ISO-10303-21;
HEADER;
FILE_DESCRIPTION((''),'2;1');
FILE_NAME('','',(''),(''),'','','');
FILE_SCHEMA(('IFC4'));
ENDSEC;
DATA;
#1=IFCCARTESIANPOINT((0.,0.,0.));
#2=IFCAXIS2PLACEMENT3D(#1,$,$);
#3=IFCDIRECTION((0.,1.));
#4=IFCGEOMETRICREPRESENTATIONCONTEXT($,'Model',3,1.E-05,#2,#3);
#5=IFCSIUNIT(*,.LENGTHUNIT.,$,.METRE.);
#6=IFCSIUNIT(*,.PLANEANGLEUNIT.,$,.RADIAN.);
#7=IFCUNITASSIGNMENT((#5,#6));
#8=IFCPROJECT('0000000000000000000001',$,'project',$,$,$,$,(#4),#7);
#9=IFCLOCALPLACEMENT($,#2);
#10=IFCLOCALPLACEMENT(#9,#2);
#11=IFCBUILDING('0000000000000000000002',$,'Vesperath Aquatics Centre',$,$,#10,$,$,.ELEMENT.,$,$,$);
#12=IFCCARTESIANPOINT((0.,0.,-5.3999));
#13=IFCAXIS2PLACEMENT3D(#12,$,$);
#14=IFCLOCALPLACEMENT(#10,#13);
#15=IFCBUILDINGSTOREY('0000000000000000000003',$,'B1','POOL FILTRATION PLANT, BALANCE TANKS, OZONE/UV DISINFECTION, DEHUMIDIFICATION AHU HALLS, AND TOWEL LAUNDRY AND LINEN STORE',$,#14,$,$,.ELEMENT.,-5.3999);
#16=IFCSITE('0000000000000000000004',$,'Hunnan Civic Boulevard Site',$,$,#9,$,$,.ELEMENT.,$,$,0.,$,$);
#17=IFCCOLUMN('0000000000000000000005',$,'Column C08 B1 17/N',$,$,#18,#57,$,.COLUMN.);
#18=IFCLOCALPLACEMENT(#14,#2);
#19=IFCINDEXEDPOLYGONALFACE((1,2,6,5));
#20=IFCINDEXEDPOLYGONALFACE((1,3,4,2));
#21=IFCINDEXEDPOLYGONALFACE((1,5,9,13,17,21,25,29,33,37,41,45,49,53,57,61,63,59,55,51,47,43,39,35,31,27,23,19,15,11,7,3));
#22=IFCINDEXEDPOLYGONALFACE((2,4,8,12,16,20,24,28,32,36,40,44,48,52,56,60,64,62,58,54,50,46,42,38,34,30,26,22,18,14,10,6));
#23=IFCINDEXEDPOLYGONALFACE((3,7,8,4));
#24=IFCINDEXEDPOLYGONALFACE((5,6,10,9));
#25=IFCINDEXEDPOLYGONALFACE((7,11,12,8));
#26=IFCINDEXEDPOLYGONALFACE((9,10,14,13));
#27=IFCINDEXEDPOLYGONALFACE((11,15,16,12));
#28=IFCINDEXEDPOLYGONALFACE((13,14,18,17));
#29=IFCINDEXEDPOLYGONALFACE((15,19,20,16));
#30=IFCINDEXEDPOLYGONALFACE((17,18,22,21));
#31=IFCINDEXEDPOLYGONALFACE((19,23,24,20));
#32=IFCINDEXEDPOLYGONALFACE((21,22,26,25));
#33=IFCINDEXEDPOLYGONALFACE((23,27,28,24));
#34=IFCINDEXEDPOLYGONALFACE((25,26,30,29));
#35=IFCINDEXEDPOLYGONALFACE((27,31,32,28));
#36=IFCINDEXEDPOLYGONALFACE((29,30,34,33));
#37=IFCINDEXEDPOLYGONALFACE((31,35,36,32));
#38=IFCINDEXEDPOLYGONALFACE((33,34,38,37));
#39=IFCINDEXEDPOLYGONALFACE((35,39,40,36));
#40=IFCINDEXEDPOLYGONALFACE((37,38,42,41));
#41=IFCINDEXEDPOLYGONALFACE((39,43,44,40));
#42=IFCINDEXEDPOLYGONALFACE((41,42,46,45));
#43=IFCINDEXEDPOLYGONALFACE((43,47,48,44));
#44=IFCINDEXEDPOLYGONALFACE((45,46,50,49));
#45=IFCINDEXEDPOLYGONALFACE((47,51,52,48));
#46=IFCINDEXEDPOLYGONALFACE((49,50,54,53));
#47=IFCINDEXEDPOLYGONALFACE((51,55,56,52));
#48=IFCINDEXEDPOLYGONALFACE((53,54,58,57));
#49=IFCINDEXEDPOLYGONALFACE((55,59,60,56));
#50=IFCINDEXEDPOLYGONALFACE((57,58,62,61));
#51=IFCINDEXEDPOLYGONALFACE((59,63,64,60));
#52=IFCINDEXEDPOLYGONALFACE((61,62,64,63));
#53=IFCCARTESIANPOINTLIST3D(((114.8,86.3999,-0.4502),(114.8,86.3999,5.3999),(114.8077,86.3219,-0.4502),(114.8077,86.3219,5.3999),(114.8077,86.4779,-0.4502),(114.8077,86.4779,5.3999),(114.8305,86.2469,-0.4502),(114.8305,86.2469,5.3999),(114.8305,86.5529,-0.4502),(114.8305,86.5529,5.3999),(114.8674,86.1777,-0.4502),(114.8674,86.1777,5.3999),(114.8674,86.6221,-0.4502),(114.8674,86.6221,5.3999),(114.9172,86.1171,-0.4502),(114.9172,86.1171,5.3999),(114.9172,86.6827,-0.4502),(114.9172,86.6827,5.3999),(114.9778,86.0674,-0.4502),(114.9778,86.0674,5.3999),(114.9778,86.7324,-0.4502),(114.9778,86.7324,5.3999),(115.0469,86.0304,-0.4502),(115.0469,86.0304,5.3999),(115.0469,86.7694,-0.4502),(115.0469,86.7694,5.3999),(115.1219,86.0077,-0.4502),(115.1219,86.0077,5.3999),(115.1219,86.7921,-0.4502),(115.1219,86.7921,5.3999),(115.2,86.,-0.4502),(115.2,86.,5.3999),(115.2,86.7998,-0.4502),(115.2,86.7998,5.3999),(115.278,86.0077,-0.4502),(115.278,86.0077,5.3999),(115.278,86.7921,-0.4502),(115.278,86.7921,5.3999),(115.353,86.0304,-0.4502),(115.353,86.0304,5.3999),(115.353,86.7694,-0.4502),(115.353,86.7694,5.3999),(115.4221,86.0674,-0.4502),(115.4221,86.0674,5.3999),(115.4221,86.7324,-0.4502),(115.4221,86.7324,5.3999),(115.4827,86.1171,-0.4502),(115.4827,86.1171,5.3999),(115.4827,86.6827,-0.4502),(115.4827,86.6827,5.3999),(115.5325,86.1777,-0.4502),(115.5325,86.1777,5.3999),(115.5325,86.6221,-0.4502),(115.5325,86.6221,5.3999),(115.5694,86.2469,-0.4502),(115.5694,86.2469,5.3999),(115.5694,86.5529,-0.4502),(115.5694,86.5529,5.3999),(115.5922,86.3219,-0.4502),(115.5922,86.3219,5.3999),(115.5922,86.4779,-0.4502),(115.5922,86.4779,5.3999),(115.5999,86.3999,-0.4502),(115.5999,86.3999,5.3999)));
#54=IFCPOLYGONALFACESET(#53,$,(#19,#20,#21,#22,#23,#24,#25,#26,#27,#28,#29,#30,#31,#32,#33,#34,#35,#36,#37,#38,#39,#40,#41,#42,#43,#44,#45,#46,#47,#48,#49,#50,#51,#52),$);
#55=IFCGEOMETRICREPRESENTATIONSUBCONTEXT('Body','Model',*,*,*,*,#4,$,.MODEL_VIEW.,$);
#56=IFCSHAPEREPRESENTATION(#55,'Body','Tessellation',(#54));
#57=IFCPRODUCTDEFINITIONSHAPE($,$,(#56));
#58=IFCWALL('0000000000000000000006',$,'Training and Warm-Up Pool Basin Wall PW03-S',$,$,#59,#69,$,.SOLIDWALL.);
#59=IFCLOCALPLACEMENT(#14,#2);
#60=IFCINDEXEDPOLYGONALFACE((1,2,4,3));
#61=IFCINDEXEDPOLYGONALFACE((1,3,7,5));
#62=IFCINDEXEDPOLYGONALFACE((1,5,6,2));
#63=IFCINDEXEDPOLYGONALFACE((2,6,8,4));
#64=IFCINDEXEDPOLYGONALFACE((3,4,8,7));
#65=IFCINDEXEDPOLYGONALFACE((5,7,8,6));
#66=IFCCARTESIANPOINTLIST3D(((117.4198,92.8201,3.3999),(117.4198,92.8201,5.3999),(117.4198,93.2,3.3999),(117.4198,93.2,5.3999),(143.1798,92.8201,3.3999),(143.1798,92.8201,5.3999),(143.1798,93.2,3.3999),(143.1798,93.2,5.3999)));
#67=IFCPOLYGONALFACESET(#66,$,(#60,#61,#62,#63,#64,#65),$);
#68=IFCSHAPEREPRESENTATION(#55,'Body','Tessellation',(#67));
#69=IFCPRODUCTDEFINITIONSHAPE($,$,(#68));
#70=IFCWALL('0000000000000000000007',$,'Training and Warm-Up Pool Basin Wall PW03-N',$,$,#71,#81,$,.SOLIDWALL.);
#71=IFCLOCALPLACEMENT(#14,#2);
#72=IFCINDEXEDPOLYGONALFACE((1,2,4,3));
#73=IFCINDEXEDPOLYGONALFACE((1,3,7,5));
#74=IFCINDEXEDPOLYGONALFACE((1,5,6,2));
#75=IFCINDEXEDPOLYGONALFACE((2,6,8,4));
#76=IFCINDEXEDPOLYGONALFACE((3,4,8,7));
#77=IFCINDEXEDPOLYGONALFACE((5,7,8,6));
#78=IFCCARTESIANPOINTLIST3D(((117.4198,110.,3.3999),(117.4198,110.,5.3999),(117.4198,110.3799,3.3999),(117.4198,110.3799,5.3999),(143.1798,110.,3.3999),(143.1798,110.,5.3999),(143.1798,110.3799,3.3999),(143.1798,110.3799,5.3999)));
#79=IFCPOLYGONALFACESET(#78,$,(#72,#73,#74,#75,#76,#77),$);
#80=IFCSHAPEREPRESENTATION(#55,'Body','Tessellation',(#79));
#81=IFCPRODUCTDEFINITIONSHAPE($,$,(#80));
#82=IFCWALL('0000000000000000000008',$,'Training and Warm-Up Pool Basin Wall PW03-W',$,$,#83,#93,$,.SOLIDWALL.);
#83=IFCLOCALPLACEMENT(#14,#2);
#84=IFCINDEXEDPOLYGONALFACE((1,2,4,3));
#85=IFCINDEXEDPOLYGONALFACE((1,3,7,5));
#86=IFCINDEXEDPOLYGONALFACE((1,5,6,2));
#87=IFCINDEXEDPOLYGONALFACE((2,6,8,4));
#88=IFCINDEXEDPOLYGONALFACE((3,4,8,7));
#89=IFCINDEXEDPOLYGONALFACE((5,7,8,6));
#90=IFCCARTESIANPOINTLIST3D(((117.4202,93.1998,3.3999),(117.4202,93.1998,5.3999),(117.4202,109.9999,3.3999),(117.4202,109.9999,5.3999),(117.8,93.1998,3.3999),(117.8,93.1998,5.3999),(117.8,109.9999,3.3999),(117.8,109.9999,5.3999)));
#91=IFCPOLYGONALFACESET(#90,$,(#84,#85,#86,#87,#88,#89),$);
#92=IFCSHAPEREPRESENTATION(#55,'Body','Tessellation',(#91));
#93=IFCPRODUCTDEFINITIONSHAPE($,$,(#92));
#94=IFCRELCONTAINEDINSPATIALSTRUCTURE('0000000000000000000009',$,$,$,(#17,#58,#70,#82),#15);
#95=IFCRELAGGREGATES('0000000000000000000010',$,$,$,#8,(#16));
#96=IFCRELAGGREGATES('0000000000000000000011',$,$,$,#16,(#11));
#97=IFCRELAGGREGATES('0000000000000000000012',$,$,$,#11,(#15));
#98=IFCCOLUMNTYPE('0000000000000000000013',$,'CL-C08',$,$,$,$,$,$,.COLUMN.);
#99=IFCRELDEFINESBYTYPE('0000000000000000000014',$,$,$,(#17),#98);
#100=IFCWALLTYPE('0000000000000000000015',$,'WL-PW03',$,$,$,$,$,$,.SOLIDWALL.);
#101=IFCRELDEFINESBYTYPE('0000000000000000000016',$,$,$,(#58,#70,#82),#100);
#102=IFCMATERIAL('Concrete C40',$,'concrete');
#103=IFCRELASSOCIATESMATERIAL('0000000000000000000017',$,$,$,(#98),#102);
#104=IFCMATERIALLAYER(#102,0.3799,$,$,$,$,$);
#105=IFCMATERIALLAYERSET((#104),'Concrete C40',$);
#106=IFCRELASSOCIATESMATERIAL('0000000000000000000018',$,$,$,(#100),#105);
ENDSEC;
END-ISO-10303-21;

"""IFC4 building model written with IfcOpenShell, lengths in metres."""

from ifc_helpers import new_model, si_unit, direction, frame, frame_2d, origin, origin_2d, place, context, subcontext, project, spatial, rectangle, circle, extrude, material, layer, layer_set, material_profile, profile_set, type_object, element, save


model = new_model("IFC4")

# Units and contexts
model_context = context("Model", 3, precision=1e-05, world=origin(), true_north=direction((0.0, 1.0)))
body_context = subcontext(model_context, "Body", "Model", "MODEL_VIEW")
ifc_project = project(units=[si_unit("LENGTHUNIT", "METRE"), si_unit("PLANEANGLEUNIT", "RADIAN")], contexts=[model_context])

# Site, building, storey
site_placement = place(None, origin())
site = spatial("IfcSite", under=ifc_project, at=site_placement, Name="Hunnan Civic Boulevard Site", CompositionType="ELEMENT", RefElevation=0.0)
building_placement = place(site_placement, origin())
building = spatial("IfcBuilding", under=site, at=building_placement, Name="Vesperath Aquatics Centre", CompositionType="ELEMENT")
storey_placement = place(building_placement, frame((0.0, 0.0, -5.3999)))
storey = spatial("IfcBuildingStorey", under=building, at=storey_placement, Name="B1", Description="POOL FILTRATION PLANT, BALANCE TANKS, OZONE/UV DISINFECTION, DEHUMIDIFICATION AHU HALLS, AND TOWEL LAUNDRY AND LINEN STORE", CompositionType="ELEMENT", Elevation=-5.3999)

# Shared definitions
ifc_material_1 = material(Name="Concrete C40", Category="concrete")

# Column
ifc_material_profile_1 = material_profile(ifc_material_1, circle(Radius=0.3999, at=origin_2d()), Name="RC D800")
ifc_profile_set_1 = profile_set([ifc_material_profile_1], Name="Concrete C40")
column_type_1 = type_object("IfcColumnType", Name="CL-C08", PredefinedType="COLUMN", material=ifc_profile_set_1)
column_1_placement = place(storey_placement, frame((115.2, 86.3999, -0.4502), z_axis=(0.0, 0.0, 1.0), x_axis=(1.0, 0.0, 0.0)))
element("IfcColumn", 1, at=column_1_placement, inside=storey, type_object=column_type_1, Name="Column C08 B1 17/N", PredefinedType="COLUMN", context=body_context, shape_type="SweptSolid", body=[
    extrude(circle(Radius=0.3999, at=origin_2d()), origin(), (0.0, 0.0, 1.0), 5.8501),
])

# Walls
ifc_layer = layer(ifc_material_1, 0.3799)
ifc_layer_set = layer_set([ifc_layer], Name="Concrete C40")
wall_type = type_object("IfcWallType", Name="WL-PW03", PredefinedType="SOLIDWALL", material=ifc_layer_set)
for number, where, z_axis, x_axis, name in (
    (2, (117.4199, 93.01, 3.3999), (0.0, 0.0, 1.0), (1.0, 0.0, 0.0), "Training and Warm-Up Pool Basin Wall PW03-S"),
    (3, (117.4199, 110.1899, 3.3999), (0.0, 0.0, 1.0), (1.0, 0.0, 0.0), "Training and Warm-Up Pool Basin Wall PW03-N"),
):
    element("IfcWall", number, at=place(storey_placement, frame(where, z_axis=z_axis, x_axis=x_axis)), inside=storey, type_object=wall_type, Name=name, PredefinedType="SOLIDWALL", context=body_context, shape_type="SweptSolid", body=[
        extrude(rectangle(XDim=25.76, YDim=0.3799, at=frame_2d((12.8799, 0.0))), origin(), (0.0, 0.0, 1.0), 2.0),
    ])
wall_placement = place(storey_placement, frame((117.6101, 93.2, 3.3999), z_axis=(0.0, 0.0, 1.0), x_axis=(0.0, 1.0, 0.0)))
element("IfcWall", 4, at=wall_placement, inside=storey, type_object=wall_type, Name="Training and Warm-Up Pool Basin Wall PW03-W", PredefinedType="SOLIDWALL", context=body_context, shape_type="SweptSolid", body=[
    extrude(rectangle(XDim=16.8, YDim=0.3799, at=frame_2d((8.3999, 0.0))), origin(), (0.0, 0.0, 1.0), 2.0),
])

save(model, "model.ifc")
